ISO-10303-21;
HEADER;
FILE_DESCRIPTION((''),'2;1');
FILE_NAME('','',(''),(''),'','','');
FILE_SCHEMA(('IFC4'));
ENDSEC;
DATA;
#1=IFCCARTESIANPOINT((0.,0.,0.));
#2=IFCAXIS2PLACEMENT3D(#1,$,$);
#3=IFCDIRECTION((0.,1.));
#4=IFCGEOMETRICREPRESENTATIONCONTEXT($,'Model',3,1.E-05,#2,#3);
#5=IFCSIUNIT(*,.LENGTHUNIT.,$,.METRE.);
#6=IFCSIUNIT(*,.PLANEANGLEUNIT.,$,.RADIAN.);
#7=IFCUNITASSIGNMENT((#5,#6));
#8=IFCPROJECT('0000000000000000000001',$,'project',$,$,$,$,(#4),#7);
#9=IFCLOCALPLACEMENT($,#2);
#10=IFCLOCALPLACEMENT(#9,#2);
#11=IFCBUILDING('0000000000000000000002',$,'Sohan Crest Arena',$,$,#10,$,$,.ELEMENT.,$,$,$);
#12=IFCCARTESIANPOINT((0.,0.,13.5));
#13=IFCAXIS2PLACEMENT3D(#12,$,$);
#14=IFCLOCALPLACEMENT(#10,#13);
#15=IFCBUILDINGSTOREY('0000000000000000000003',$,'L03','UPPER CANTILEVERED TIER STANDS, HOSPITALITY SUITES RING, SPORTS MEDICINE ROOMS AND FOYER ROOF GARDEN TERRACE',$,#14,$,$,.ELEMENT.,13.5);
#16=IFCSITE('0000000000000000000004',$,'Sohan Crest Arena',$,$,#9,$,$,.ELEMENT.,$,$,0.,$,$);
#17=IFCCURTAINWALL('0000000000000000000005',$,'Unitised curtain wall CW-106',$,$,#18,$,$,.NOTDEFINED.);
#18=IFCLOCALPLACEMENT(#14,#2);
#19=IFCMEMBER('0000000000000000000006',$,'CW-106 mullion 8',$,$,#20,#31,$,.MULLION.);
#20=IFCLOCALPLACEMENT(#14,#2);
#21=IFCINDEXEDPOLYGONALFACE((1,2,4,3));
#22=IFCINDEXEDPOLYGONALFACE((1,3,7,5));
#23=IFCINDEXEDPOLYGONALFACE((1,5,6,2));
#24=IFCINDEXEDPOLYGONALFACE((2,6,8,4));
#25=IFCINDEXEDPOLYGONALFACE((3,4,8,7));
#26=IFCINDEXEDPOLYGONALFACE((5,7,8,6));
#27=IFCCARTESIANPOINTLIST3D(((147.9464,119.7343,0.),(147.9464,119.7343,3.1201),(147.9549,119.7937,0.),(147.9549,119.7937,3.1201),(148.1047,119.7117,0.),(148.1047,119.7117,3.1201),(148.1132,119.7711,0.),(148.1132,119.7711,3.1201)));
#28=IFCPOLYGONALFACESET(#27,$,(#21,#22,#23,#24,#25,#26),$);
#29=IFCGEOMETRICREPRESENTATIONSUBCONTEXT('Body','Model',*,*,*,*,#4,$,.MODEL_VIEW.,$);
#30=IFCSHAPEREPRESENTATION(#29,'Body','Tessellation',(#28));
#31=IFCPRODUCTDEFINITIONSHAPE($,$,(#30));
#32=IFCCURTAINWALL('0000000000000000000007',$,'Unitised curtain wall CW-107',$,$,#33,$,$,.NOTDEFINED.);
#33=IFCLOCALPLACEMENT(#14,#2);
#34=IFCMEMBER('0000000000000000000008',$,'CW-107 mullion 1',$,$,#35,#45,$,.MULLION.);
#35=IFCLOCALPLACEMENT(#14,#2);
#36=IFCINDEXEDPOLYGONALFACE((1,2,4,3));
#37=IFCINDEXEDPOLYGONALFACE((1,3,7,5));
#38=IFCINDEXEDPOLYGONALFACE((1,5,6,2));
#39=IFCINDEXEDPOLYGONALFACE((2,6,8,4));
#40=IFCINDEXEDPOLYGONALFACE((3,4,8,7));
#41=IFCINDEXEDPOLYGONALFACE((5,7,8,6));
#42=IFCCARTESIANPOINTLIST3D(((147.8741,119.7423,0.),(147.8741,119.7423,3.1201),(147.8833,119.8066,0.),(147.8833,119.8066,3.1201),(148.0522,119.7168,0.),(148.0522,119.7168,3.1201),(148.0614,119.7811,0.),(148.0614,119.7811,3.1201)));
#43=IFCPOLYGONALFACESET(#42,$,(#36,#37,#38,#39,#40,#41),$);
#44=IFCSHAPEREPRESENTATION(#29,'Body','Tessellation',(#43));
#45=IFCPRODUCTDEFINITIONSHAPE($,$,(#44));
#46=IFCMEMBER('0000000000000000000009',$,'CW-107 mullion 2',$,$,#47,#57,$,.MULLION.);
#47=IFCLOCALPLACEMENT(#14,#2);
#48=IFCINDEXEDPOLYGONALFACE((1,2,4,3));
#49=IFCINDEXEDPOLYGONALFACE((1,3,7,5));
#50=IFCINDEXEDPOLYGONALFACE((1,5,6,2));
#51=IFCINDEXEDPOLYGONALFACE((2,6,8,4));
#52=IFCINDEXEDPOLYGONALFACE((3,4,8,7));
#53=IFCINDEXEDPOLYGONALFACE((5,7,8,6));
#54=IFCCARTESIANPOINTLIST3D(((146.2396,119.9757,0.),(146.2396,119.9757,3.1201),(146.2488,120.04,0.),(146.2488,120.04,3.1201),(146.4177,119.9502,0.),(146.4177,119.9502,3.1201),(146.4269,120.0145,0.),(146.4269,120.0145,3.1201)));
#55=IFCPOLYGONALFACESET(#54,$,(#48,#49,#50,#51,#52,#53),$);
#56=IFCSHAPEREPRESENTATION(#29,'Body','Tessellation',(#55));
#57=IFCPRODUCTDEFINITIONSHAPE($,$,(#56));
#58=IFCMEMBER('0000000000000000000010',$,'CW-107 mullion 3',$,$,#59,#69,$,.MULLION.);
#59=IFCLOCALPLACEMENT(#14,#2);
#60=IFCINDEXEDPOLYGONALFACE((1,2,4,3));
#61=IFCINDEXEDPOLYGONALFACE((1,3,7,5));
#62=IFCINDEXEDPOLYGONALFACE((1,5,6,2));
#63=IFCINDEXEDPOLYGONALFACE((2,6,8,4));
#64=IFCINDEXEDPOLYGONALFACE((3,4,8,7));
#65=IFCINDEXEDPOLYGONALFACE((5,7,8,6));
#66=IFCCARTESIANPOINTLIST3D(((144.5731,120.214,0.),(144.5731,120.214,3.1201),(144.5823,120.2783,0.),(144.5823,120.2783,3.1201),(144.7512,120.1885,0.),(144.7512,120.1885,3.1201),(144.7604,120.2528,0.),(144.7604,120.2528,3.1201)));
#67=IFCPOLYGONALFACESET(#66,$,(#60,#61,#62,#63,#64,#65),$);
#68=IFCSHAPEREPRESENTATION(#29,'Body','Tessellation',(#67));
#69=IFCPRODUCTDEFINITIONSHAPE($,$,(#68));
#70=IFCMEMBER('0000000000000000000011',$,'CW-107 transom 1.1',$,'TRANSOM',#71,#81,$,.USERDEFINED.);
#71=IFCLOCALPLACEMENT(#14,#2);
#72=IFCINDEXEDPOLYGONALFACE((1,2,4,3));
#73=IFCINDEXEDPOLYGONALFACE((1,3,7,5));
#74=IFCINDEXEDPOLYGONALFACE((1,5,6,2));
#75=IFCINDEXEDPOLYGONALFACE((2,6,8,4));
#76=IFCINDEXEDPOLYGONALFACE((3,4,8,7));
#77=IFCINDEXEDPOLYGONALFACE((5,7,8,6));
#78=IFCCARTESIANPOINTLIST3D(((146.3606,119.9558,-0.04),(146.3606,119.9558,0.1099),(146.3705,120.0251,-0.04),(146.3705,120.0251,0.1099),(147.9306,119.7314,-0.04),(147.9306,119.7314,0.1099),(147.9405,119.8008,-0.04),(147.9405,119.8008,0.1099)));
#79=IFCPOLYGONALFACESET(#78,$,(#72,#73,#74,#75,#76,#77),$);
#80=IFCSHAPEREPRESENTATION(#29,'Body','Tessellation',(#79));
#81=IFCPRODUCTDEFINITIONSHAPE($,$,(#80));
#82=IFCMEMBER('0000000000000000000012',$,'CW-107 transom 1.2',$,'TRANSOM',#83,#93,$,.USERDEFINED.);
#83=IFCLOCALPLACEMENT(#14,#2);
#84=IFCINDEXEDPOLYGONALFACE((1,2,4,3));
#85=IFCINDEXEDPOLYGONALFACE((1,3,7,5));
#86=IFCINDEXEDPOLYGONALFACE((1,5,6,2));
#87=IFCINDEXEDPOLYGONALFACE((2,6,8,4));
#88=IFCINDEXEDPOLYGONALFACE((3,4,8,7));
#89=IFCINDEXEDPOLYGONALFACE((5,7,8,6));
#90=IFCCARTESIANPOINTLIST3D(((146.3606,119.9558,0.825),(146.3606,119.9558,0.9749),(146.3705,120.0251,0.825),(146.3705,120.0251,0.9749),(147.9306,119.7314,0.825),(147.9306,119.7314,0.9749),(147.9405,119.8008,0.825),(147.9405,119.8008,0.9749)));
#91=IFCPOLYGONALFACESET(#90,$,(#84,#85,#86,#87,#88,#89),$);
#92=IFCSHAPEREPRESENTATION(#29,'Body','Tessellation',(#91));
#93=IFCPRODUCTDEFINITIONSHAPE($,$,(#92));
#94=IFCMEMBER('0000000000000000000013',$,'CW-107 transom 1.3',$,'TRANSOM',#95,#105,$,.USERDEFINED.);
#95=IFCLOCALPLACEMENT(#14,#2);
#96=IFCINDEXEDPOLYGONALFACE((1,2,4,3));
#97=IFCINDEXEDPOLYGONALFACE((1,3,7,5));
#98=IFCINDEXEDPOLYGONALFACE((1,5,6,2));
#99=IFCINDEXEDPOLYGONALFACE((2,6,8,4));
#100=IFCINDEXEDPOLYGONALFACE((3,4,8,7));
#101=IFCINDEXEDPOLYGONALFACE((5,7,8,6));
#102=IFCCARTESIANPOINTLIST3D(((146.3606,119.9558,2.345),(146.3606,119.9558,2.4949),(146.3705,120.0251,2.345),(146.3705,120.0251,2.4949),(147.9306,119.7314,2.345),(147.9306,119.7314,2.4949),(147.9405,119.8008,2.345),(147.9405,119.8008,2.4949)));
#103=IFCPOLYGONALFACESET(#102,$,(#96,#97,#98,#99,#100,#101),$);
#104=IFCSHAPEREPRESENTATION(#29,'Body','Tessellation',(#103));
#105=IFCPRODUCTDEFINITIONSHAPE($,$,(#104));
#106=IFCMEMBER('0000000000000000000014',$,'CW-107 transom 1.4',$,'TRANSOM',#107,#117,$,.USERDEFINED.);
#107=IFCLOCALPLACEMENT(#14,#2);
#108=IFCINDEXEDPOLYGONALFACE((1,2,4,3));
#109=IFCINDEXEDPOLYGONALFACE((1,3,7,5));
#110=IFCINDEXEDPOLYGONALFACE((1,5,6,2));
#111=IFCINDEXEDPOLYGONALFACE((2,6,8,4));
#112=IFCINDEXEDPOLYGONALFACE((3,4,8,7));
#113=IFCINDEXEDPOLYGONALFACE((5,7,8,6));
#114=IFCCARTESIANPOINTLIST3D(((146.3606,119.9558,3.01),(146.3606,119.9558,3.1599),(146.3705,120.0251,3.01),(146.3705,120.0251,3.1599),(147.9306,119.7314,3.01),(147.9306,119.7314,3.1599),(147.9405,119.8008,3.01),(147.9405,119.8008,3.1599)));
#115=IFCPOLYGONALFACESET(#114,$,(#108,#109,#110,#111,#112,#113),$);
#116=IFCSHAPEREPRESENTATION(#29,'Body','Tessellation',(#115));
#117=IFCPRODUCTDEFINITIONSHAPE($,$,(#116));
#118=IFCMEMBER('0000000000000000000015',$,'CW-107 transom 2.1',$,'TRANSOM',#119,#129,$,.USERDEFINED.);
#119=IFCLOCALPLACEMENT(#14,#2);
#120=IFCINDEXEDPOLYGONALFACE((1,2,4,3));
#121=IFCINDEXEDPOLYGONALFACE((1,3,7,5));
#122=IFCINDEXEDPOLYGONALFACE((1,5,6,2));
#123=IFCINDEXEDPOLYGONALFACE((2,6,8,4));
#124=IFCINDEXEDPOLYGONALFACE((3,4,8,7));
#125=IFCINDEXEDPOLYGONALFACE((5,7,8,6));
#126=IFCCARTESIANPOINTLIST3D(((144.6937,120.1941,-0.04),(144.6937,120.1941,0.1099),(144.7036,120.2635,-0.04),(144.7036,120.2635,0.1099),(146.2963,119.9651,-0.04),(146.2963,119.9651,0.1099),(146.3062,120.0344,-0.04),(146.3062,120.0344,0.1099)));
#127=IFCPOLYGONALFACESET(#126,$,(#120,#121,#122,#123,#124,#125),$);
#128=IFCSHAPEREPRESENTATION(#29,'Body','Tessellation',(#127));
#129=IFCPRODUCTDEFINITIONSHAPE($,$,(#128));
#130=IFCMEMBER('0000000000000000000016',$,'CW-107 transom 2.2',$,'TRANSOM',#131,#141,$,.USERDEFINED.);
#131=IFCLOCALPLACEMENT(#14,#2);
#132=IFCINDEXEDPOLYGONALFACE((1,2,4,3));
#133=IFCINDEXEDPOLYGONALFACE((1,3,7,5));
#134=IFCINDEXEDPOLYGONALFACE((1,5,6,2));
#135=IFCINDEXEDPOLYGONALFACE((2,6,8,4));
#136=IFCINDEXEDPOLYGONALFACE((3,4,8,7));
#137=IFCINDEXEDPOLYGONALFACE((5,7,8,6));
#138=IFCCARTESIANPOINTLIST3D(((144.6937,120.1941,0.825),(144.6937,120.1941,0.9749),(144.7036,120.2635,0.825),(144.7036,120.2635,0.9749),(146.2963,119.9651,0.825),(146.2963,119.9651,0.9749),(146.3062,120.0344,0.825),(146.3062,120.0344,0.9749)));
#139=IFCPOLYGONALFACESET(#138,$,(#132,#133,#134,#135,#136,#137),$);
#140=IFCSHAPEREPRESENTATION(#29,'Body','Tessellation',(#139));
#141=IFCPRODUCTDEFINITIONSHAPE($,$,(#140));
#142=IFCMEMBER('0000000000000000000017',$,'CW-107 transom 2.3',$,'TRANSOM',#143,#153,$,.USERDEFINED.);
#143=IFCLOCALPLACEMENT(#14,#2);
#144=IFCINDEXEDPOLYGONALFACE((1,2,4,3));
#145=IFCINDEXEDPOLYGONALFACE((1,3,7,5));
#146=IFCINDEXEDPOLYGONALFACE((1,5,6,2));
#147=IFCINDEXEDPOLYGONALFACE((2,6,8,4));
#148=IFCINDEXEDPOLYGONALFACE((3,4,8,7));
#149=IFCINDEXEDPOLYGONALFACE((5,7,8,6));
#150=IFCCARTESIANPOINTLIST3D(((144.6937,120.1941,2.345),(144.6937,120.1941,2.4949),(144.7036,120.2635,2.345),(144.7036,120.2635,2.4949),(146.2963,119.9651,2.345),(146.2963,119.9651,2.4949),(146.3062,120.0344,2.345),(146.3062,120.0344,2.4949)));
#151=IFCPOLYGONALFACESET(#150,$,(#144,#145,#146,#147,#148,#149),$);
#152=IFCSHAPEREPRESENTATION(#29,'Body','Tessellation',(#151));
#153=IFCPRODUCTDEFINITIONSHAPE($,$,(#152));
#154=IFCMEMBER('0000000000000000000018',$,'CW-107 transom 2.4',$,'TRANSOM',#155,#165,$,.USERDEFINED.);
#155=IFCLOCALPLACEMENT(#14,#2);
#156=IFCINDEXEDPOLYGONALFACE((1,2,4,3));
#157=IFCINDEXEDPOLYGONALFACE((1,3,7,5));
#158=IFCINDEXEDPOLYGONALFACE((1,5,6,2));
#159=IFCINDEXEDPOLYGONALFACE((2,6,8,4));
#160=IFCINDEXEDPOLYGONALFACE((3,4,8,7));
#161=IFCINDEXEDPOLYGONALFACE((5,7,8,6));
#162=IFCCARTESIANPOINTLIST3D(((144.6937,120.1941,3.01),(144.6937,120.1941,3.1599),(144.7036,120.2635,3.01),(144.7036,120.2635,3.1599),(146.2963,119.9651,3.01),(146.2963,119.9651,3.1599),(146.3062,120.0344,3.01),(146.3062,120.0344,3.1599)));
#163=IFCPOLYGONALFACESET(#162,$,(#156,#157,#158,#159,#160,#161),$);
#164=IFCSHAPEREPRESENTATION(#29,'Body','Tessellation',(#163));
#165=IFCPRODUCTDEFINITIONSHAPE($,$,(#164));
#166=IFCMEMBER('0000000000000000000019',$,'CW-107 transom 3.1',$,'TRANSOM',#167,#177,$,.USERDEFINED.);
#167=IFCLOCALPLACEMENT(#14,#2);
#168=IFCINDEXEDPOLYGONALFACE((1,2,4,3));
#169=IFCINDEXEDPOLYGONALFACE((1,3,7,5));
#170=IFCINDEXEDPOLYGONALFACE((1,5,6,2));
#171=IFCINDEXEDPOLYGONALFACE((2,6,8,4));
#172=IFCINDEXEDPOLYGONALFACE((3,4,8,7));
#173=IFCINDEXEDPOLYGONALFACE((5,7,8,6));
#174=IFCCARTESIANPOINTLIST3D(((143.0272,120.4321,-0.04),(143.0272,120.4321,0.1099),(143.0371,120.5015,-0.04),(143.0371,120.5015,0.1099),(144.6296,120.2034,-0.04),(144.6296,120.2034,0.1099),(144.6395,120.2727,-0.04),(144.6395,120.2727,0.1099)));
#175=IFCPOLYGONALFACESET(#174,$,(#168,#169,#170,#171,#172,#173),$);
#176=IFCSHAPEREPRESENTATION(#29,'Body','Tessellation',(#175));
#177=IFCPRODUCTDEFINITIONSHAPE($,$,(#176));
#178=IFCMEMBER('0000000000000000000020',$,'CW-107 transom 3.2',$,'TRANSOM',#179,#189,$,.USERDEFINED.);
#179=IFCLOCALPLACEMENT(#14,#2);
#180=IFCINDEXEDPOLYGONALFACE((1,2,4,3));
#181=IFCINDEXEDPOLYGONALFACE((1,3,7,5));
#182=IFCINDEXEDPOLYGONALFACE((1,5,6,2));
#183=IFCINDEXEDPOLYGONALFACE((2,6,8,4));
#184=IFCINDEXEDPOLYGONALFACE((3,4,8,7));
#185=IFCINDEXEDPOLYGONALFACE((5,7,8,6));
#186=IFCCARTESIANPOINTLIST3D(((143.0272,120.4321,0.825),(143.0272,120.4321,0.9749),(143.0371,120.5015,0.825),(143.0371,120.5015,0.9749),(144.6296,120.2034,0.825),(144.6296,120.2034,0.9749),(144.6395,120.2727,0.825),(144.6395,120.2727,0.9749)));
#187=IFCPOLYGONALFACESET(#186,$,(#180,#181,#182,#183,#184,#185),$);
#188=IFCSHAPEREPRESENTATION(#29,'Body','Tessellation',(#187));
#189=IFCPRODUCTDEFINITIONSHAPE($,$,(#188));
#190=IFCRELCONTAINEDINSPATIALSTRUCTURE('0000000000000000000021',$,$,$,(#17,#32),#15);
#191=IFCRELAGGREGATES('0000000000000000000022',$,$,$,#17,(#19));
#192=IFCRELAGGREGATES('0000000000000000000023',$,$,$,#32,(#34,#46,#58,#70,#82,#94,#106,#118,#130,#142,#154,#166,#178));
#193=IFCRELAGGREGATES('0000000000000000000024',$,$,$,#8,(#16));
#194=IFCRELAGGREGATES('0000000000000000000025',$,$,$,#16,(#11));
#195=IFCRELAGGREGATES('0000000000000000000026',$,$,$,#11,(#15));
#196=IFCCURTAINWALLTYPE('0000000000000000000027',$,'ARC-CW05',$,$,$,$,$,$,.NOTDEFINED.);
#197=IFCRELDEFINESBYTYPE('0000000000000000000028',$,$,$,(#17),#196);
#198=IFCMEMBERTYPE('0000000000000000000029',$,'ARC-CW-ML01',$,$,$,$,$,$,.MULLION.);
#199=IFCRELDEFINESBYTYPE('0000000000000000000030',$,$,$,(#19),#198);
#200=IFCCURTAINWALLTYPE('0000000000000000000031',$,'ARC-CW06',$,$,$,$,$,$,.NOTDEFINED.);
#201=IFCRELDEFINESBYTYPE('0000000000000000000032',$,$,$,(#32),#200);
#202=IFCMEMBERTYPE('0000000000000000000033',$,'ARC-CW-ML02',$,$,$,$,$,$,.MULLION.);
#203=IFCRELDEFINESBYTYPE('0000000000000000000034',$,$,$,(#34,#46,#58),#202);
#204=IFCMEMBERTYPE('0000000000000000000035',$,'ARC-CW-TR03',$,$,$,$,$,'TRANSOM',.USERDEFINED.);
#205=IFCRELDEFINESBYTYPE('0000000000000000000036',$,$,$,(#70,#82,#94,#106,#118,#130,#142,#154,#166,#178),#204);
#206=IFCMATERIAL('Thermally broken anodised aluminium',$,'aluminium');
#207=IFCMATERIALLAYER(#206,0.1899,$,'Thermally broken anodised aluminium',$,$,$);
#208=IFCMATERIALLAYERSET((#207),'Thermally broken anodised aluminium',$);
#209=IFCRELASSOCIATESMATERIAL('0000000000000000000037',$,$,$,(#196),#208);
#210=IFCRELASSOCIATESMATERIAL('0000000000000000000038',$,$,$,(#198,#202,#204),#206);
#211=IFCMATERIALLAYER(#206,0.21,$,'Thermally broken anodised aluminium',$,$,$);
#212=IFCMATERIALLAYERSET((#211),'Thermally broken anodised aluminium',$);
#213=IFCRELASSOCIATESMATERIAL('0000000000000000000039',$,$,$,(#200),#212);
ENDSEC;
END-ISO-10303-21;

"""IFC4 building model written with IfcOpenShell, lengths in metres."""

from ifc_helpers import new_model, si_unit, direction, frame, origin, origin_2d, place, context, subcontext, project, spatial, rectangle, extrude, material, layer, layer_set, material_profile, profile_set, type_object, element, aggregate, save


model = new_model("IFC4")

# Units and contexts
model_context = context("Model", 3, precision=1e-05, world=origin(), true_north=direction((0.0, 1.0)))
body_context = subcontext(model_context, "Body", "Model", "MODEL_VIEW")
ifc_project = project(units=[si_unit("LENGTHUNIT", "METRE"), si_unit("PLANEANGLEUNIT", "RADIAN")], contexts=[model_context])

# Site, building, storey
site_placement = place(None, origin())
site = spatial("IfcSite", under=ifc_project, at=site_placement, Name="Sohan Crest Arena", CompositionType="ELEMENT", RefElevation=0.0)
building_placement = place(site_placement, origin())
building = spatial("IfcBuilding", under=site, at=building_placement, Name="Sohan Crest Arena", CompositionType="ELEMENT")
storey_placement = place(building_placement, frame((0.0, 0.0, 13.5)))
storey = spatial("IfcBuildingStorey", under=building, at=storey_placement, Name="L03", Description="UPPER CANTILEVERED TIER STANDS, HOSPITALITY SUITES RING, SPORTS MEDICINE ROOMS AND FOYER ROOF GARDEN TERRACE", CompositionType="ELEMENT", Elevation=13.5)

# Curtain wall, member
ifc_material_1 = material(Name="Thermally broken anodised aluminium", Category="aluminium")
ifc_layer_1 = layer(ifc_material_1, 0.1899, Name="Thermally broken anodised aluminium")
ifc_layer_set_1 = layer_set([ifc_layer_1], Name="Thermally broken anodised aluminium")
curtain_wall_type_1 = type_object("IfcCurtainWallType", Name="ARC-CW05", PredefinedType="NOTDEFINED", material=ifc_layer_set_1)
curtain_wall_1_placement = place(storey_placement, origin())
curtain_wall_1 = element("IfcCurtainWall", 1, at=curtain_wall_1_placement, inside=storey, type_object=curtain_wall_type_1, Name="Unitised curtain wall CW-106", PredefinedType="NOTDEFINED")
ifc_material_profile_1 = material_profile(ifc_material_1, rectangle(XDim=0.0601, YDim=0.1599, at=origin_2d()), Name="ALU-MULL 60x160")
ifc_profile_set_1 = profile_set([ifc_material_profile_1], Name="Thermally broken anodised aluminium")
member_type_1 = type_object("IfcMemberType", Name="ARC-CW-ML01", PredefinedType="MULLION", material=ifc_profile_set_1)
member_1_placement = place(storey_placement, frame((148.0298, 119.7527, 0.0), z_axis=(0.0, 0.0, 1.0), x_axis=(-0.141366, -0.989957, 0.0)))
member_1 = element("IfcMember", 2, at=member_1_placement, type_object=member_type_1, Name="CW-106 mullion 8", PredefinedType="MULLION", context=body_context, shape_type="SweptSolid", body=[
    extrude(rectangle(XDim=0.0601, YDim=0.1599, at=origin_2d()), origin(), (0.0, 0.0, 1.0), 3.1201),
])

# Curtain wall, members
ifc_layer_2 = layer(ifc_material_1, 0.21, Name="Thermally broken anodised aluminium")
ifc_layer_set_2 = layer_set([ifc_layer_2], Name="Thermally broken anodised aluminium")
curtain_wall_type_2 = type_object("IfcCurtainWallType", Name="ARC-CW06", PredefinedType="NOTDEFINED", material=ifc_layer_set_2)
curtain_wall_2_placement = place(storey_placement, origin())
curtain_wall_2 = element("IfcCurtainWall", 3, at=curtain_wall_2_placement, inside=storey, type_object=curtain_wall_type_2, Name="Unitised curtain wall CW-107", PredefinedType="NOTDEFINED")
ifc_material_profile_2 = material_profile(ifc_material_1, rectangle(XDim=0.0649, YDim=0.1799, at=origin_2d()), Name="ALU-MULL 65x180")
ifc_profile_set_2 = profile_set([ifc_material_profile_2], Name="Thermally broken anodised aluminium")
member_type_2 = type_object("IfcMemberType", Name="ARC-CW-ML02", PredefinedType="MULLION", material=ifc_profile_set_2)
member_2_placement = place(storey_placement, frame((147.9678, 119.7617, 0.0), z_axis=(0.0, 0.0, 1.0), x_axis=(-0.141463, -0.989944, 0.0)))
member_2 = element("IfcMember", 4, at=member_2_placement, type_object=member_type_2, Name="CW-107 mullion 1", PredefinedType="MULLION", context=body_context, shape_type="SweptSolid", body=[
    extrude(rectangle(XDim=0.0649, YDim=0.1799, at=origin_2d()), origin(), (0.0, 0.0, 1.0), 3.1201),
])
member_3_placement = place(storey_placement, frame((146.3333, 119.9951, 0.0), z_axis=(0.0, 0.0, 1.0), x_axis=(-0.141463, -0.989944, 0.0)))
member_3 = element("IfcMember", 5, at=member_3_placement, type_object=member_type_2, Name="CW-107 mullion 2", PredefinedType="MULLION", context=body_context, shape_type="SweptSolid", body=[
    extrude(rectangle(XDim=0.0649, YDim=0.1799, at=origin_2d()), origin(), (0.0, 0.0, 1.0), 3.1201),
])
member_4_placement = place(storey_placement, frame((144.6667, 120.2334, 0.0), z_axis=(0.0, 0.0, 1.0), x_axis=(-0.141463, -0.989944, 0.0)))
member_4 = element("IfcMember", 6, at=member_4_placement, type_object=member_type_2, Name="CW-107 mullion 3", PredefinedType="MULLION", context=body_context, shape_type="SweptSolid", body=[
    extrude(rectangle(XDim=0.0649, YDim=0.1799, at=origin_2d()), origin(), (0.0, 0.0, 1.0), 3.1201),
])
ifc_material_profile_3 = material_profile(ifc_material_1, rectangle(XDim=0.0701, YDim=0.1499, at=origin_2d()), Name="ALU-TRAN 70x150")
ifc_profile_set_3 = profile_set([ifc_material_profile_3], Name="Thermally broken anodised aluminium")
member_type_3 = type_object("IfcMemberType", Name="ARC-CW-TR03", ElementType="TRANSOM", PredefinedType="USERDEFINED", material=ifc_profile_set_3)
member_5_placement = place(storey_placement, frame((147.9355, 119.7661, 0.0349), z_axis=(-0.989943, 0.141464, 0.0), x_axis=(-0.141464, -0.989943, 0.0)))
member_5 = element("IfcMember", 7, at=member_5_placement, type_object=member_type_3, Name="CW-107 transom 1.1", ObjectType="TRANSOM", PredefinedType="USERDEFINED", context=body_context, shape_type="SweptSolid", body=[
    extrude(rectangle(XDim=0.0701, YDim=0.1499, at=origin_2d()), origin(), (0.0, 0.0, 1.0), 1.5859),
])
member_6_placement = place(storey_placement, frame((147.9355, 119.7661, 0.8999), z_axis=(-0.989943, 0.141464, 0.0), x_axis=(-0.141464, -0.989943, 0.0)))
member_6 = element("IfcMember", 8, at=member_6_placement, type_object=member_type_3, Name="CW-107 transom 1.2", ObjectType="TRANSOM", PredefinedType="USERDEFINED", context=body_context, shape_type="SweptSolid", body=[
    extrude(rectangle(XDim=0.0701, YDim=0.1499, at=origin_2d()), origin(), (0.0, 0.0, 1.0), 1.5859),
])
member_7_placement = place(storey_placement, frame((147.9355, 119.7661, 2.4199), z_axis=(-0.989943, 0.141464, 0.0), x_axis=(-0.141464, -0.989943, 0.0)))
member_7 = element("IfcMember", 9, at=member_7_placement, type_object=member_type_3, Name="CW-107 transom 1.3", ObjectType="TRANSOM", PredefinedType="USERDEFINED", context=body_context, shape_type="SweptSolid", body=[
    extrude(rectangle(XDim=0.0701, YDim=0.1499, at=origin_2d()), origin(), (0.0, 0.0, 1.0), 1.5859),
])
member_8_placement = place(storey_placement, frame((147.9355, 119.7661, 3.085), z_axis=(-0.989943, 0.141464, 0.0), x_axis=(-0.141464, -0.989943, 0.0)))
member_8 = element("IfcMember", 10, at=member_8_placement, type_object=member_type_3, Name="CW-107 transom 1.4", ObjectType="TRANSOM", PredefinedType="USERDEFINED", context=body_context, shape_type="SweptSolid", body=[
    extrude(rectangle(XDim=0.0701, YDim=0.1499, at=origin_2d()), origin(), (0.0, 0.0, 1.0), 1.5859),
])
member_9_placement = place(storey_placement, frame((146.3013, 119.9998, 0.0349), z_axis=(-0.989943, 0.141464, 0.0), x_axis=(-0.141464, -0.989943, 0.0)))
member_9 = element("IfcMember", 11, at=member_9_placement, type_object=member_type_3, Name="CW-107 transom 2.1", ObjectType="TRANSOM", PredefinedType="USERDEFINED", context=body_context, shape_type="SweptSolid", body=[
    extrude(rectangle(XDim=0.0701, YDim=0.1499, at=origin_2d()), origin(), (0.0, 0.0, 1.0), 1.6189),
])
member_10_placement = place(storey_placement, frame((146.3013, 119.9998, 0.8999), z_axis=(-0.989943, 0.141464, 0.0), x_axis=(-0.141464, -0.989943, 0.0)))
member_10 = element("IfcMember", 12, at=member_10_placement, type_object=member_type_3, Name="CW-107 transom 2.2", ObjectType="TRANSOM", PredefinedType="USERDEFINED", context=body_context, shape_type="SweptSolid", body=[
    extrude(rectangle(XDim=0.0701, YDim=0.1499, at=origin_2d()), origin(), (0.0, 0.0, 1.0), 1.6189),
])
member_11_placement = place(storey_placement, frame((146.3013, 119.9998, 2.4199), z_axis=(-0.989943, 0.141464, 0.0), x_axis=(-0.141464, -0.989943, 0.0)))
member_11 = element("IfcMember", 13, at=member_11_placement, type_object=member_type_3, Name="CW-107 transom 2.3", ObjectType="TRANSOM", PredefinedType="USERDEFINED", context=body_context, shape_type="SweptSolid", body=[
    extrude(rectangle(XDim=0.0701, YDim=0.1499, at=origin_2d()), origin(), (0.0, 0.0, 1.0), 1.6189),
])
member_12_placement = place(storey_placement, frame((146.3013, 119.9998, 3.085), z_axis=(-0.989943, 0.141464, 0.0), x_axis=(-0.141464, -0.989943, 0.0)))
member_12 = element("IfcMember", 14, at=member_12_placement, type_object=member_type_3, Name="CW-107 transom 2.4", ObjectType="TRANSOM", PredefinedType="USERDEFINED", context=body_context, shape_type="SweptSolid", body=[
    extrude(rectangle(XDim=0.0701, YDim=0.1499, at=origin_2d()), origin(), (0.0, 0.0, 1.0), 1.6189),
])
member_13_placement = place(storey_placement, frame((144.6345, 120.238, 0.0349), z_axis=(-0.989962, 0.141337, 0.0), x_axis=(-0.141337, -0.989962, 0.0)))
member_13 = element("IfcMember", 15, at=member_13_placement, type_object=member_type_3, Name="CW-107 transom 3.1", ObjectType="TRANSOM", PredefinedType="USERDEFINED", context=body_context, shape_type="SweptSolid", body=[
    extrude(rectangle(XDim=0.0701, YDim=0.1499, at=origin_2d()), origin(), (0.0, 0.0, 1.0), 1.6187),
])
member_14_placement = place(storey_placement, frame((144.6345, 120.238, 0.8999), z_axis=(-0.989962, 0.141337, 0.0), x_axis=(-0.141337, -0.989962, 0.0)))
member_14 = element("IfcMember", 16, at=member_14_placement, type_object=member_type_3, Name="CW-107 transom 3.2", ObjectType="TRANSOM", PredefinedType="USERDEFINED", context=body_context, shape_type="SweptSolid", body=[
    extrude(rectangle(XDim=0.0701, YDim=0.1499, at=origin_2d()), origin(), (0.0, 0.0, 1.0), 1.6187),
])

aggregate(curtain_wall_1, [member_1])
aggregate(curtain_wall_2, [member_2, member_3, member_4, member_5, member_6, member_7, member_8, member_9, member_10, member_11, member_12, member_13, member_14])

save(model, "model.ifc")
